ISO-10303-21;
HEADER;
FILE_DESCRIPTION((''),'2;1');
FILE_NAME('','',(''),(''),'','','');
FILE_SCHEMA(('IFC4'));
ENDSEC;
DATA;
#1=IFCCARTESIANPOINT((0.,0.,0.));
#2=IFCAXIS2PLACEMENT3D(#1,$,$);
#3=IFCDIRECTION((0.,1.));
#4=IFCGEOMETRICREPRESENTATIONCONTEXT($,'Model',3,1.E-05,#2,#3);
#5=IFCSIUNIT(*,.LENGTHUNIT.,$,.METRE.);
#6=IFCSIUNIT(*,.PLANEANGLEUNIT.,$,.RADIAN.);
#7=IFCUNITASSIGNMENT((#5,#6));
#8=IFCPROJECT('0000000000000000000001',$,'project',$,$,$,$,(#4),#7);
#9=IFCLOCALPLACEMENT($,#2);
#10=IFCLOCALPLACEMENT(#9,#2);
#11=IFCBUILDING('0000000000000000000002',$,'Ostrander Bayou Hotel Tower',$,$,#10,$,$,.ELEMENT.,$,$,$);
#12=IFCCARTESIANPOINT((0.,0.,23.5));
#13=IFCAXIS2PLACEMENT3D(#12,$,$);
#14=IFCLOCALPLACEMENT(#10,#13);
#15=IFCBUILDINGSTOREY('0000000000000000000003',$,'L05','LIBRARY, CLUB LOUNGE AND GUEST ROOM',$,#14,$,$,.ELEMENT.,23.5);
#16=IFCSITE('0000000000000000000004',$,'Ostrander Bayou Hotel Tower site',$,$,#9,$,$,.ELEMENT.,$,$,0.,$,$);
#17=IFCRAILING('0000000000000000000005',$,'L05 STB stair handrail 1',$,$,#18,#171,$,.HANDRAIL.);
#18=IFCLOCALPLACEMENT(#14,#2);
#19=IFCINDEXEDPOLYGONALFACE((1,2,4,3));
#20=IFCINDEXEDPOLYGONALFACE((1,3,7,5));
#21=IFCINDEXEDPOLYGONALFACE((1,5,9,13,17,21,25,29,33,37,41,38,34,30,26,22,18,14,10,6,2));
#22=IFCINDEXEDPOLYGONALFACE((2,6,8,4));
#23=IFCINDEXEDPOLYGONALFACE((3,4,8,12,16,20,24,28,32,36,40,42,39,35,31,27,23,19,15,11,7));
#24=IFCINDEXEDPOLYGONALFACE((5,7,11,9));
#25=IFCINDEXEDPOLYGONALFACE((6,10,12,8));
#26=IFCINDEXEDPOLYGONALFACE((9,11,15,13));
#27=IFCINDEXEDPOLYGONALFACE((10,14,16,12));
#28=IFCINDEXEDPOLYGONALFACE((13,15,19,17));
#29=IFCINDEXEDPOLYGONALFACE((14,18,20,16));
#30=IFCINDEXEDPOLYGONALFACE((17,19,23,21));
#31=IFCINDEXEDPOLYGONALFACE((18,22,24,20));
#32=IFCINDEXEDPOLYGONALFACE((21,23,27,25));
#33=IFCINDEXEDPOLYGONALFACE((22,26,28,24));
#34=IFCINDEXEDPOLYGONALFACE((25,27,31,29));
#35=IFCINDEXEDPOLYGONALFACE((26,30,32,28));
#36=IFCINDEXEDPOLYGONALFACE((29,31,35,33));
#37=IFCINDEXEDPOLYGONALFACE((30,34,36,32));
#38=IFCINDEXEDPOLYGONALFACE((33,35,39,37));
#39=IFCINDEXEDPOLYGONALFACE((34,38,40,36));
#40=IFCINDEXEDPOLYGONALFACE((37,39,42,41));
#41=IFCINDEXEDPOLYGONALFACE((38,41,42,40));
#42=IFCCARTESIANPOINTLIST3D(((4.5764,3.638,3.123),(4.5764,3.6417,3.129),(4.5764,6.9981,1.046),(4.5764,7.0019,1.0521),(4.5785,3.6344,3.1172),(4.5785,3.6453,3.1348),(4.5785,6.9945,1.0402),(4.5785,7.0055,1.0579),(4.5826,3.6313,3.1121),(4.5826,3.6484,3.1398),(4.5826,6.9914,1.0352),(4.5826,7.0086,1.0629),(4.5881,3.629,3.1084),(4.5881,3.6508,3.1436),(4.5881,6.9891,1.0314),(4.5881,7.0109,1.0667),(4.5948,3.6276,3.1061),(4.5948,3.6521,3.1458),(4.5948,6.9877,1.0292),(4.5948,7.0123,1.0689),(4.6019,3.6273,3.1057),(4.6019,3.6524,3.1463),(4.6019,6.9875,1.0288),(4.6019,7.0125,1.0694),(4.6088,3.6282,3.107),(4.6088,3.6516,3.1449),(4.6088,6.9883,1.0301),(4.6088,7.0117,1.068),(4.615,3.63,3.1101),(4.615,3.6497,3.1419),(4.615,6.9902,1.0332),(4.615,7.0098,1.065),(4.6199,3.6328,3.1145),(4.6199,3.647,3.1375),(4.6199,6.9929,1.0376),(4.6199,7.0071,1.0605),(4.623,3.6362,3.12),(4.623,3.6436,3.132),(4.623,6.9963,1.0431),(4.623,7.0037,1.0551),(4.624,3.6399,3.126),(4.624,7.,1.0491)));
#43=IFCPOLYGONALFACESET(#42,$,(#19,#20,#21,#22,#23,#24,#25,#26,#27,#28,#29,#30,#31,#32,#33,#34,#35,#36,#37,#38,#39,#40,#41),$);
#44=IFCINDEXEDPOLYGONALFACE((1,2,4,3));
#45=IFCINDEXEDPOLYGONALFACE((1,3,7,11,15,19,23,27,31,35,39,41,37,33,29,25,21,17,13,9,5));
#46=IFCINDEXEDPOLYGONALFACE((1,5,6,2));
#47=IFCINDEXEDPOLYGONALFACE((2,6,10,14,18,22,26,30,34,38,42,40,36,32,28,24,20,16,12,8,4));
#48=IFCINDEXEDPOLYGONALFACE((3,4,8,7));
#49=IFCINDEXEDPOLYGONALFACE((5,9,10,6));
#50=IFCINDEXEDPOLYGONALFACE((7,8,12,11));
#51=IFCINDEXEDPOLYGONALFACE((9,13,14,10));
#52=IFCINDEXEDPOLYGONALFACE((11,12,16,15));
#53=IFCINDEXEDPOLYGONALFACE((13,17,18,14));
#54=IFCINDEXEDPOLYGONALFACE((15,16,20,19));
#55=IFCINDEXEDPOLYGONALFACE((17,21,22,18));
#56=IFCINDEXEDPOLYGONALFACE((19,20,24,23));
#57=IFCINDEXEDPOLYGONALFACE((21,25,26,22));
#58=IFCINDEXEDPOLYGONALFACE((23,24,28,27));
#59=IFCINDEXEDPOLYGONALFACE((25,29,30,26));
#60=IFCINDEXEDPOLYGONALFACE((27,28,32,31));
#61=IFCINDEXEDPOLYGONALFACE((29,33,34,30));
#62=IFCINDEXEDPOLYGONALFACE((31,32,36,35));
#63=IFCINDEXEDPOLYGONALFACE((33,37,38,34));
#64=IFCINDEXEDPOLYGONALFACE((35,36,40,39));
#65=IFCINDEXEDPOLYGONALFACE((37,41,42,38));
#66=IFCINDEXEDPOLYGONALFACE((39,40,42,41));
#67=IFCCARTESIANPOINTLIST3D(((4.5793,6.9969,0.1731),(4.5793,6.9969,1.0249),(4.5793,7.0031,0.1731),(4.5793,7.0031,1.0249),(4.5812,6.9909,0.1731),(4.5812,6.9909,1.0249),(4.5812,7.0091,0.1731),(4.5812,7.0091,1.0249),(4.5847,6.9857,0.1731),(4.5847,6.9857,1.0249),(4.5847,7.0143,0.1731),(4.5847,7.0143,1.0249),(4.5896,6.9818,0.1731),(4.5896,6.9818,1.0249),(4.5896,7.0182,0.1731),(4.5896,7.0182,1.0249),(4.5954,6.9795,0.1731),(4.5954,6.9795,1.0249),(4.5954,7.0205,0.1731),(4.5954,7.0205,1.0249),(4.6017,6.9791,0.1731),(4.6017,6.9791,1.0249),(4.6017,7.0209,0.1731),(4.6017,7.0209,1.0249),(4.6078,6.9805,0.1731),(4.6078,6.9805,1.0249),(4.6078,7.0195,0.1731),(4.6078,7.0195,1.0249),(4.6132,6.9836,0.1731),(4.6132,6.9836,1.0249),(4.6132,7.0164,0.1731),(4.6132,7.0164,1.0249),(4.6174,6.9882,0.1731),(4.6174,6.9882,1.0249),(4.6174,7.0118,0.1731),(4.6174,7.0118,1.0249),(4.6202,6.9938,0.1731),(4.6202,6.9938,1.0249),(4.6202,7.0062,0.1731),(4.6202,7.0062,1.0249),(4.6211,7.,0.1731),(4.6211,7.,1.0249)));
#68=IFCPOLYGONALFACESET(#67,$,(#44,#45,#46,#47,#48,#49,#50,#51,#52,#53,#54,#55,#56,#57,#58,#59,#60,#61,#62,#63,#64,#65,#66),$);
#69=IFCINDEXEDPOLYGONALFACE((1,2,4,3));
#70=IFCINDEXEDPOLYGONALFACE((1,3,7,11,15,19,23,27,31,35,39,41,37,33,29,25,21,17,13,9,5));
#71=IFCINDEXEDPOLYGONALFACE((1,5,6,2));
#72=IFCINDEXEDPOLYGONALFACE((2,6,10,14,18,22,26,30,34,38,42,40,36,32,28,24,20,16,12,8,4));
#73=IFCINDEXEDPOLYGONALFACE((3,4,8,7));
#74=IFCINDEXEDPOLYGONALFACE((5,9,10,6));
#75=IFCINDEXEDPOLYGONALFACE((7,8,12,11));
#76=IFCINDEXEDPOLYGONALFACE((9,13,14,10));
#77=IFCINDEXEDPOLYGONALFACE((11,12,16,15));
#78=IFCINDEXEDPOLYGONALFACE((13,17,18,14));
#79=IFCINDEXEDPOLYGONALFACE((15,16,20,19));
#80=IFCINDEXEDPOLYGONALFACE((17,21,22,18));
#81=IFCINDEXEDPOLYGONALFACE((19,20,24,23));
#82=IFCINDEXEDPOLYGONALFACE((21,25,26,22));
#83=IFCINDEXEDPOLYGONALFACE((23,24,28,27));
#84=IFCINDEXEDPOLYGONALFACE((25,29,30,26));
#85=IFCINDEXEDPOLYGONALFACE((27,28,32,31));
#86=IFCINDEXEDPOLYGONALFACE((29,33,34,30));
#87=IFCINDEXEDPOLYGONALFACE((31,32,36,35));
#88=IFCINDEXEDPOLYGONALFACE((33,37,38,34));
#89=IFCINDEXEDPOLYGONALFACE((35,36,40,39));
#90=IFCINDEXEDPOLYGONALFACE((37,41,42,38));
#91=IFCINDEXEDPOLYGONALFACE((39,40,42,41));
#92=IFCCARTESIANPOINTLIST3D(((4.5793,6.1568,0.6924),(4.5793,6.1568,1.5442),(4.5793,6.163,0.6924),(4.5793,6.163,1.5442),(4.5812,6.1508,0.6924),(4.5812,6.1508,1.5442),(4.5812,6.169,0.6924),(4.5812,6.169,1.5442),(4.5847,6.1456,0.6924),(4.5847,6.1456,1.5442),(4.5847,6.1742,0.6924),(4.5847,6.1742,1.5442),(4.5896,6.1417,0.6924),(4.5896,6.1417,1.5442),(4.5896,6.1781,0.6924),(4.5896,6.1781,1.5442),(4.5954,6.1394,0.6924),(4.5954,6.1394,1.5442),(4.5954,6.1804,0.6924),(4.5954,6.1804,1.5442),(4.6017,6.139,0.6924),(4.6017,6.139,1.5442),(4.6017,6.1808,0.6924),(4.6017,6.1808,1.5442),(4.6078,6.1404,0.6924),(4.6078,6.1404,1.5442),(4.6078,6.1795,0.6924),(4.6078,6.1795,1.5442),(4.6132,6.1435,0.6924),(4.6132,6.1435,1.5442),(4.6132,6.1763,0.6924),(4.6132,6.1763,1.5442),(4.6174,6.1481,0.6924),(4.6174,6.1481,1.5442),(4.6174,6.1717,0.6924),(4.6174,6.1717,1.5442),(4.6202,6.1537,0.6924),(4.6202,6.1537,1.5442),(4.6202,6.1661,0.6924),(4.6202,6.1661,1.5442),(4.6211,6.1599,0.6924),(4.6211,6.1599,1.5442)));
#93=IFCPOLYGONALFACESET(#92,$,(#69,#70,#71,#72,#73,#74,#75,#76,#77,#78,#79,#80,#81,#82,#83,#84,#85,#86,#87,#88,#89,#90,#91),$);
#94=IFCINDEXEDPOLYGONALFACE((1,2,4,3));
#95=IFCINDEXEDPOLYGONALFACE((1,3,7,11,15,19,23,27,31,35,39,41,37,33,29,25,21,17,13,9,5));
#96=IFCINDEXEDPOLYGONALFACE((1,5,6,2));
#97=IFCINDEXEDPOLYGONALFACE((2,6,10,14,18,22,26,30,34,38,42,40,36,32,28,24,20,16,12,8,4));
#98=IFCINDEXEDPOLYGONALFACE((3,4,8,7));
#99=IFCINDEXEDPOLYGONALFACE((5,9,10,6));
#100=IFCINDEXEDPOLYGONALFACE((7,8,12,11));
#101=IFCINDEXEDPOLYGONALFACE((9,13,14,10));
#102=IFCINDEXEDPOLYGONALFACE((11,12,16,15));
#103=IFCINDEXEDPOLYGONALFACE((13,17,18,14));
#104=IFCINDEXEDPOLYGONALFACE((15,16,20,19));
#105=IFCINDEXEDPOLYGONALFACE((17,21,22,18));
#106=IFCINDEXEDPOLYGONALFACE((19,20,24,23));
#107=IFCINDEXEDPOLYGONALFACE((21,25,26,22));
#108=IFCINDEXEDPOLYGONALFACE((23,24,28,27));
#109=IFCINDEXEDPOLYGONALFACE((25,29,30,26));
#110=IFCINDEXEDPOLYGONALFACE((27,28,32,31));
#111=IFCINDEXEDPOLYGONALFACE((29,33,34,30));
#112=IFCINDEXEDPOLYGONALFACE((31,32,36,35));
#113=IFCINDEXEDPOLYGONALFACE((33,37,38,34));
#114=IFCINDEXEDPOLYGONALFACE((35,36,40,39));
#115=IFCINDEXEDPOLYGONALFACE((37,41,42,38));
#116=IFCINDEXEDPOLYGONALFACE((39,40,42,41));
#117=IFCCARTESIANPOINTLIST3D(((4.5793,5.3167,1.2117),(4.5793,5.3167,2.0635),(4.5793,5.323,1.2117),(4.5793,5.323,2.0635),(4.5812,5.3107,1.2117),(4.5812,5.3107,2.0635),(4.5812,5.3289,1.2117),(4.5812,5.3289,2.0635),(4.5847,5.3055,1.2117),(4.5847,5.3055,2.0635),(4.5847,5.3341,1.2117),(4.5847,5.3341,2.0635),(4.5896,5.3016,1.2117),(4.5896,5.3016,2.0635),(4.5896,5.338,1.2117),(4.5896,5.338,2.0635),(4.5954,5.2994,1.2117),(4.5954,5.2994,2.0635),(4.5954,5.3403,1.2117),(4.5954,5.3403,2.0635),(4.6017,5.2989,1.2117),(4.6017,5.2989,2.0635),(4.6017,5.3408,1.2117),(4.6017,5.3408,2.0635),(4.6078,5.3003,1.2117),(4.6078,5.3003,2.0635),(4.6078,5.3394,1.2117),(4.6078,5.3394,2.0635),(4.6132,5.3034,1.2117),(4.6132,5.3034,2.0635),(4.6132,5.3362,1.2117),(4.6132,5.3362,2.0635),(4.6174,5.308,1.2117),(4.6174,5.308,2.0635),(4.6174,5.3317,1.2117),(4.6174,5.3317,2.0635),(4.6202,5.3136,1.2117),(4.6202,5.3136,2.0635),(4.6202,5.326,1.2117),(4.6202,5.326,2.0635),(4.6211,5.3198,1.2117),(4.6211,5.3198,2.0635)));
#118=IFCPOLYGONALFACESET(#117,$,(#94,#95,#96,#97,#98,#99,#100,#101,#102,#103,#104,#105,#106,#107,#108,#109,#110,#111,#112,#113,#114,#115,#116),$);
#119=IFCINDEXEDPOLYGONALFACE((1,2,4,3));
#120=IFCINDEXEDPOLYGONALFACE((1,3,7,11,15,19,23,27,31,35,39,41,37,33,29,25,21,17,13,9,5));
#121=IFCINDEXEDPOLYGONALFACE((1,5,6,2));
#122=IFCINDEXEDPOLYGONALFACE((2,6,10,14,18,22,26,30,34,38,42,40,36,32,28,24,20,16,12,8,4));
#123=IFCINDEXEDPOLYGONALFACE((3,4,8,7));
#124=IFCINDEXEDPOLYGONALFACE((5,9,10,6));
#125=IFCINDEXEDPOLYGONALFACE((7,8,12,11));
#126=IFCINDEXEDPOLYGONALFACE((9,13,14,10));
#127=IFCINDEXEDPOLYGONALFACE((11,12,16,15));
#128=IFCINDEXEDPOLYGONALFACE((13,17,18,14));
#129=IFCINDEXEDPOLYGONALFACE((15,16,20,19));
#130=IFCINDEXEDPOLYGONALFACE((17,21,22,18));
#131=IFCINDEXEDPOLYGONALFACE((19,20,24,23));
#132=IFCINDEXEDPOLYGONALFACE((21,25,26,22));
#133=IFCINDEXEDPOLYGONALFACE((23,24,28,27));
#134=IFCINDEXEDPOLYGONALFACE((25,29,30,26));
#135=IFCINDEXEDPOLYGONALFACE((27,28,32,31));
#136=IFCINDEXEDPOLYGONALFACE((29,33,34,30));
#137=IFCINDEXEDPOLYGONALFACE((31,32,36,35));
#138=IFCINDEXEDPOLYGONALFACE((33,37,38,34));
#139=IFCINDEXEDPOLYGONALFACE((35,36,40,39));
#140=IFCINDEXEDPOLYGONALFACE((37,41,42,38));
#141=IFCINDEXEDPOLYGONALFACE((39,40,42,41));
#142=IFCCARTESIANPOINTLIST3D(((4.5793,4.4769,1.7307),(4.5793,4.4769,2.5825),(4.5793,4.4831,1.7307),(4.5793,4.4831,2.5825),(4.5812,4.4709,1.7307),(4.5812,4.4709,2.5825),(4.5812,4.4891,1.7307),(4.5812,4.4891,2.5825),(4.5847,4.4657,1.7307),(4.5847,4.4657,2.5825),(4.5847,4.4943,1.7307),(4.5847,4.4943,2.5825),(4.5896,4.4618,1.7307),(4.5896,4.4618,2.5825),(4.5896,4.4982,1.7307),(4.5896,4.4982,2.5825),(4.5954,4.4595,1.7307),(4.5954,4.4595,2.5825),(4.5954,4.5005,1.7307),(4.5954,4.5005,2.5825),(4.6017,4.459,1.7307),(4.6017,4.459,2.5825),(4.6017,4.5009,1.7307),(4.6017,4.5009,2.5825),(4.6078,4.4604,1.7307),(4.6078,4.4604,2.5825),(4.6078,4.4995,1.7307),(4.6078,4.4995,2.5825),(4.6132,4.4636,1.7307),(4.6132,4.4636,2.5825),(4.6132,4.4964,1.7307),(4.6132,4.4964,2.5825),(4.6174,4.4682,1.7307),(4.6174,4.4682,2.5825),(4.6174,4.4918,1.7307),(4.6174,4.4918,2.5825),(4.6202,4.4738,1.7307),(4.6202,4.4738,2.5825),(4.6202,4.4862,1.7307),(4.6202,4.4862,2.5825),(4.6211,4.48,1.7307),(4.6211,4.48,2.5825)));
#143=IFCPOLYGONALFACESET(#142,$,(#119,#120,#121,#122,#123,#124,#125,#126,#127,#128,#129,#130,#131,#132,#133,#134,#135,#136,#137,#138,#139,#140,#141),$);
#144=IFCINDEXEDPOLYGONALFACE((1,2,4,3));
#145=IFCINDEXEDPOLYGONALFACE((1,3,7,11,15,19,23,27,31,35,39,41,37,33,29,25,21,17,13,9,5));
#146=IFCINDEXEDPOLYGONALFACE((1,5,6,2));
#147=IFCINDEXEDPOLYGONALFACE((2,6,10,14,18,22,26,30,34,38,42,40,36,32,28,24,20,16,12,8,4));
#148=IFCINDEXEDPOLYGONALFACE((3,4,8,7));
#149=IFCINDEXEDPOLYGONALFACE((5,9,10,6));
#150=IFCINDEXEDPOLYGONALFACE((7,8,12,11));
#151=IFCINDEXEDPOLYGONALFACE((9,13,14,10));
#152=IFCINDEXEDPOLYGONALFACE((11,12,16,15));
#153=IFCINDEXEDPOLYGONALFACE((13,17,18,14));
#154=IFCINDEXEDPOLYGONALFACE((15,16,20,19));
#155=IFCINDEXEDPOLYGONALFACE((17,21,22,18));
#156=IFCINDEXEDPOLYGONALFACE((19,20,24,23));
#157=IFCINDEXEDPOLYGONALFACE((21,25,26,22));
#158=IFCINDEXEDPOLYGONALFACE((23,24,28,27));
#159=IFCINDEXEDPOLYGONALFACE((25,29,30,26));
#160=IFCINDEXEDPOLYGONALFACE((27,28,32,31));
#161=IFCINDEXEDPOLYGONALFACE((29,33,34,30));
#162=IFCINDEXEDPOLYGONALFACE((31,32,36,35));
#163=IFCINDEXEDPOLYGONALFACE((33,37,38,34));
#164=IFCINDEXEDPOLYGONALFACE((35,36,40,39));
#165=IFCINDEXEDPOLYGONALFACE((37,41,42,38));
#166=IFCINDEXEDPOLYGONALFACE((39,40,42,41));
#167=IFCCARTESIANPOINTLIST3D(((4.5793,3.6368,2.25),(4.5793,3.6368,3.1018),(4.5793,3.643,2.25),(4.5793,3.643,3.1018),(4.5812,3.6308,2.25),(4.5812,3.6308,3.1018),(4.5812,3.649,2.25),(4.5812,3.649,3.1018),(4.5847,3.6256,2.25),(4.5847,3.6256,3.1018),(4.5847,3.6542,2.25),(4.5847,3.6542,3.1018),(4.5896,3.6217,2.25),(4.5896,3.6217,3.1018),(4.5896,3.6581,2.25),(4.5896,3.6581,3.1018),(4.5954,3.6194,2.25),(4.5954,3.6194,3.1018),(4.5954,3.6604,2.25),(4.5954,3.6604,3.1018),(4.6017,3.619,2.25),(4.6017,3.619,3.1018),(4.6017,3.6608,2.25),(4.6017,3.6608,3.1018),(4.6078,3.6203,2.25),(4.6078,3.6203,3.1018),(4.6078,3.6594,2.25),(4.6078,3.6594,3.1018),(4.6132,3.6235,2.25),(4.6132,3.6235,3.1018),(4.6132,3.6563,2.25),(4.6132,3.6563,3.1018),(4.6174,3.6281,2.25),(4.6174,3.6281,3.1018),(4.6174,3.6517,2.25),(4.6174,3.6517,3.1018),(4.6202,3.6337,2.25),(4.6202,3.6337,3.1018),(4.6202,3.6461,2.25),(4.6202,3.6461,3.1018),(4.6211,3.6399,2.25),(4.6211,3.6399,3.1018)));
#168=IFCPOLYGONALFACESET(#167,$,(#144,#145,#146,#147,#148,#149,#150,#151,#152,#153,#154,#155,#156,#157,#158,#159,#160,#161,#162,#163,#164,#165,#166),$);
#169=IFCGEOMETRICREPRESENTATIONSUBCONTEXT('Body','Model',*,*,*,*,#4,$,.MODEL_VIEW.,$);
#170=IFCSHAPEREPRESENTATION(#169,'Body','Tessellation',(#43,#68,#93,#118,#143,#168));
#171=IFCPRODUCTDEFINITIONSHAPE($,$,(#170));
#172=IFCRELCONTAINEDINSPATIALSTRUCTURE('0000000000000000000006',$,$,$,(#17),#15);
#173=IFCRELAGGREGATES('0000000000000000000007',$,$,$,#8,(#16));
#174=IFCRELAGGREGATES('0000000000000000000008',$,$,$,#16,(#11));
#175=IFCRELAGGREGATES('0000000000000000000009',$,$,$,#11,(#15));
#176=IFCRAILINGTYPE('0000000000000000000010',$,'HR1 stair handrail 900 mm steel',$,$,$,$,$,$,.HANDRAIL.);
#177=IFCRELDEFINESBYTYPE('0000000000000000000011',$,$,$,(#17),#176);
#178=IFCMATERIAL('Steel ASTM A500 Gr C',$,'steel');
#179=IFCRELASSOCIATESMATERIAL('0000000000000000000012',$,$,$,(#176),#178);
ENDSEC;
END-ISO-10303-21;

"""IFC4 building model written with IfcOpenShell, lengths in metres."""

from ifc_helpers import new_model, si_unit, direction, frame, origin, origin_2d, place, context, subcontext, project, spatial, circle, extrude, material, type_object, element, save


model = new_model("IFC4")

# Units and contexts
model_context = context("Model", 3, precision=1e-05, world=origin(), true_north=direction((0.0, 1.0)))
body_context = subcontext(model_context, "Body", "Model", "MODEL_VIEW")
ifc_project = project(units=[si_unit("LENGTHUNIT", "METRE"), si_unit("PLANEANGLEUNIT", "RADIAN")], contexts=[model_context])

# Site, building, storey
site_placement = place(None, origin())
site = spatial("IfcSite", under=ifc_project, at=site_placement, Name="Ostrander Bayou Hotel Tower site", CompositionType="ELEMENT", RefElevation=0.0)
building_placement = place(site_placement, origin())
building = spatial("IfcBuilding", under=site, at=building_placement, Name="Ostrander Bayou Hotel Tower", CompositionType="ELEMENT")
storey_placement = place(building_placement, frame((0.0, 0.0, 23.5)))
storey = spatial("IfcBuildingStorey", under=building, at=storey_placement, Name="L05", Description="LIBRARY, CLUB LOUNGE AND GUEST ROOM", CompositionType="ELEMENT", Elevation=23.5)

# Railing
ifc_material_1 = material(Name="Steel ASTM A500 Gr C", Category="steel")
railing_type_1 = type_object("IfcRailingType", Name="HR1 stair handrail 900 mm steel", PredefinedType="HANDRAIL", material=ifc_material_1)
railing_1_placement = place(storey_placement, frame((4.6001, 7.0, 0.1731)))
element("IfcRailing", 1, at=railing_1_placement, inside=storey, type_object=railing_type_1, Name="L05 STB stair handrail 1", PredefinedType="HANDRAIL", context=body_context, shape_type="SweptSolid", body=[
    extrude(circle(Radius=0.0239, at=origin_2d()), frame((0.0, 0.0, 0.876), z_axis=(0.0, -0.850623, 0.525776), x_axis=(1.0, 0.0, 0.0)), (0.0, 0.0, 1.0), 3.9502),
    extrude(circle(Radius=0.021, at=origin_2d()), origin(), (0.0, 0.0, 1.0), 0.8518),
    extrude(circle(Radius=0.021, at=origin_2d()), frame((0.0, -0.8401, 0.5193)), (0.0, 0.0, 1.0), 0.8518),
    extrude(circle(Radius=0.021, at=origin_2d()), frame((0.0, -1.6802, 1.0386)), (0.0, 0.0, 1.0), 0.8518),
    extrude(circle(Radius=0.021, at=origin_2d()), frame((0.0, -2.52, 1.5576)), (0.0, 0.0, 1.0), 0.8518),
    extrude(circle(Radius=0.021, at=origin_2d()), frame((0.0, -3.3601, 2.0769)), (0.0, 0.0, 1.0), 0.8518),
])

save(model, "model.ifc")
